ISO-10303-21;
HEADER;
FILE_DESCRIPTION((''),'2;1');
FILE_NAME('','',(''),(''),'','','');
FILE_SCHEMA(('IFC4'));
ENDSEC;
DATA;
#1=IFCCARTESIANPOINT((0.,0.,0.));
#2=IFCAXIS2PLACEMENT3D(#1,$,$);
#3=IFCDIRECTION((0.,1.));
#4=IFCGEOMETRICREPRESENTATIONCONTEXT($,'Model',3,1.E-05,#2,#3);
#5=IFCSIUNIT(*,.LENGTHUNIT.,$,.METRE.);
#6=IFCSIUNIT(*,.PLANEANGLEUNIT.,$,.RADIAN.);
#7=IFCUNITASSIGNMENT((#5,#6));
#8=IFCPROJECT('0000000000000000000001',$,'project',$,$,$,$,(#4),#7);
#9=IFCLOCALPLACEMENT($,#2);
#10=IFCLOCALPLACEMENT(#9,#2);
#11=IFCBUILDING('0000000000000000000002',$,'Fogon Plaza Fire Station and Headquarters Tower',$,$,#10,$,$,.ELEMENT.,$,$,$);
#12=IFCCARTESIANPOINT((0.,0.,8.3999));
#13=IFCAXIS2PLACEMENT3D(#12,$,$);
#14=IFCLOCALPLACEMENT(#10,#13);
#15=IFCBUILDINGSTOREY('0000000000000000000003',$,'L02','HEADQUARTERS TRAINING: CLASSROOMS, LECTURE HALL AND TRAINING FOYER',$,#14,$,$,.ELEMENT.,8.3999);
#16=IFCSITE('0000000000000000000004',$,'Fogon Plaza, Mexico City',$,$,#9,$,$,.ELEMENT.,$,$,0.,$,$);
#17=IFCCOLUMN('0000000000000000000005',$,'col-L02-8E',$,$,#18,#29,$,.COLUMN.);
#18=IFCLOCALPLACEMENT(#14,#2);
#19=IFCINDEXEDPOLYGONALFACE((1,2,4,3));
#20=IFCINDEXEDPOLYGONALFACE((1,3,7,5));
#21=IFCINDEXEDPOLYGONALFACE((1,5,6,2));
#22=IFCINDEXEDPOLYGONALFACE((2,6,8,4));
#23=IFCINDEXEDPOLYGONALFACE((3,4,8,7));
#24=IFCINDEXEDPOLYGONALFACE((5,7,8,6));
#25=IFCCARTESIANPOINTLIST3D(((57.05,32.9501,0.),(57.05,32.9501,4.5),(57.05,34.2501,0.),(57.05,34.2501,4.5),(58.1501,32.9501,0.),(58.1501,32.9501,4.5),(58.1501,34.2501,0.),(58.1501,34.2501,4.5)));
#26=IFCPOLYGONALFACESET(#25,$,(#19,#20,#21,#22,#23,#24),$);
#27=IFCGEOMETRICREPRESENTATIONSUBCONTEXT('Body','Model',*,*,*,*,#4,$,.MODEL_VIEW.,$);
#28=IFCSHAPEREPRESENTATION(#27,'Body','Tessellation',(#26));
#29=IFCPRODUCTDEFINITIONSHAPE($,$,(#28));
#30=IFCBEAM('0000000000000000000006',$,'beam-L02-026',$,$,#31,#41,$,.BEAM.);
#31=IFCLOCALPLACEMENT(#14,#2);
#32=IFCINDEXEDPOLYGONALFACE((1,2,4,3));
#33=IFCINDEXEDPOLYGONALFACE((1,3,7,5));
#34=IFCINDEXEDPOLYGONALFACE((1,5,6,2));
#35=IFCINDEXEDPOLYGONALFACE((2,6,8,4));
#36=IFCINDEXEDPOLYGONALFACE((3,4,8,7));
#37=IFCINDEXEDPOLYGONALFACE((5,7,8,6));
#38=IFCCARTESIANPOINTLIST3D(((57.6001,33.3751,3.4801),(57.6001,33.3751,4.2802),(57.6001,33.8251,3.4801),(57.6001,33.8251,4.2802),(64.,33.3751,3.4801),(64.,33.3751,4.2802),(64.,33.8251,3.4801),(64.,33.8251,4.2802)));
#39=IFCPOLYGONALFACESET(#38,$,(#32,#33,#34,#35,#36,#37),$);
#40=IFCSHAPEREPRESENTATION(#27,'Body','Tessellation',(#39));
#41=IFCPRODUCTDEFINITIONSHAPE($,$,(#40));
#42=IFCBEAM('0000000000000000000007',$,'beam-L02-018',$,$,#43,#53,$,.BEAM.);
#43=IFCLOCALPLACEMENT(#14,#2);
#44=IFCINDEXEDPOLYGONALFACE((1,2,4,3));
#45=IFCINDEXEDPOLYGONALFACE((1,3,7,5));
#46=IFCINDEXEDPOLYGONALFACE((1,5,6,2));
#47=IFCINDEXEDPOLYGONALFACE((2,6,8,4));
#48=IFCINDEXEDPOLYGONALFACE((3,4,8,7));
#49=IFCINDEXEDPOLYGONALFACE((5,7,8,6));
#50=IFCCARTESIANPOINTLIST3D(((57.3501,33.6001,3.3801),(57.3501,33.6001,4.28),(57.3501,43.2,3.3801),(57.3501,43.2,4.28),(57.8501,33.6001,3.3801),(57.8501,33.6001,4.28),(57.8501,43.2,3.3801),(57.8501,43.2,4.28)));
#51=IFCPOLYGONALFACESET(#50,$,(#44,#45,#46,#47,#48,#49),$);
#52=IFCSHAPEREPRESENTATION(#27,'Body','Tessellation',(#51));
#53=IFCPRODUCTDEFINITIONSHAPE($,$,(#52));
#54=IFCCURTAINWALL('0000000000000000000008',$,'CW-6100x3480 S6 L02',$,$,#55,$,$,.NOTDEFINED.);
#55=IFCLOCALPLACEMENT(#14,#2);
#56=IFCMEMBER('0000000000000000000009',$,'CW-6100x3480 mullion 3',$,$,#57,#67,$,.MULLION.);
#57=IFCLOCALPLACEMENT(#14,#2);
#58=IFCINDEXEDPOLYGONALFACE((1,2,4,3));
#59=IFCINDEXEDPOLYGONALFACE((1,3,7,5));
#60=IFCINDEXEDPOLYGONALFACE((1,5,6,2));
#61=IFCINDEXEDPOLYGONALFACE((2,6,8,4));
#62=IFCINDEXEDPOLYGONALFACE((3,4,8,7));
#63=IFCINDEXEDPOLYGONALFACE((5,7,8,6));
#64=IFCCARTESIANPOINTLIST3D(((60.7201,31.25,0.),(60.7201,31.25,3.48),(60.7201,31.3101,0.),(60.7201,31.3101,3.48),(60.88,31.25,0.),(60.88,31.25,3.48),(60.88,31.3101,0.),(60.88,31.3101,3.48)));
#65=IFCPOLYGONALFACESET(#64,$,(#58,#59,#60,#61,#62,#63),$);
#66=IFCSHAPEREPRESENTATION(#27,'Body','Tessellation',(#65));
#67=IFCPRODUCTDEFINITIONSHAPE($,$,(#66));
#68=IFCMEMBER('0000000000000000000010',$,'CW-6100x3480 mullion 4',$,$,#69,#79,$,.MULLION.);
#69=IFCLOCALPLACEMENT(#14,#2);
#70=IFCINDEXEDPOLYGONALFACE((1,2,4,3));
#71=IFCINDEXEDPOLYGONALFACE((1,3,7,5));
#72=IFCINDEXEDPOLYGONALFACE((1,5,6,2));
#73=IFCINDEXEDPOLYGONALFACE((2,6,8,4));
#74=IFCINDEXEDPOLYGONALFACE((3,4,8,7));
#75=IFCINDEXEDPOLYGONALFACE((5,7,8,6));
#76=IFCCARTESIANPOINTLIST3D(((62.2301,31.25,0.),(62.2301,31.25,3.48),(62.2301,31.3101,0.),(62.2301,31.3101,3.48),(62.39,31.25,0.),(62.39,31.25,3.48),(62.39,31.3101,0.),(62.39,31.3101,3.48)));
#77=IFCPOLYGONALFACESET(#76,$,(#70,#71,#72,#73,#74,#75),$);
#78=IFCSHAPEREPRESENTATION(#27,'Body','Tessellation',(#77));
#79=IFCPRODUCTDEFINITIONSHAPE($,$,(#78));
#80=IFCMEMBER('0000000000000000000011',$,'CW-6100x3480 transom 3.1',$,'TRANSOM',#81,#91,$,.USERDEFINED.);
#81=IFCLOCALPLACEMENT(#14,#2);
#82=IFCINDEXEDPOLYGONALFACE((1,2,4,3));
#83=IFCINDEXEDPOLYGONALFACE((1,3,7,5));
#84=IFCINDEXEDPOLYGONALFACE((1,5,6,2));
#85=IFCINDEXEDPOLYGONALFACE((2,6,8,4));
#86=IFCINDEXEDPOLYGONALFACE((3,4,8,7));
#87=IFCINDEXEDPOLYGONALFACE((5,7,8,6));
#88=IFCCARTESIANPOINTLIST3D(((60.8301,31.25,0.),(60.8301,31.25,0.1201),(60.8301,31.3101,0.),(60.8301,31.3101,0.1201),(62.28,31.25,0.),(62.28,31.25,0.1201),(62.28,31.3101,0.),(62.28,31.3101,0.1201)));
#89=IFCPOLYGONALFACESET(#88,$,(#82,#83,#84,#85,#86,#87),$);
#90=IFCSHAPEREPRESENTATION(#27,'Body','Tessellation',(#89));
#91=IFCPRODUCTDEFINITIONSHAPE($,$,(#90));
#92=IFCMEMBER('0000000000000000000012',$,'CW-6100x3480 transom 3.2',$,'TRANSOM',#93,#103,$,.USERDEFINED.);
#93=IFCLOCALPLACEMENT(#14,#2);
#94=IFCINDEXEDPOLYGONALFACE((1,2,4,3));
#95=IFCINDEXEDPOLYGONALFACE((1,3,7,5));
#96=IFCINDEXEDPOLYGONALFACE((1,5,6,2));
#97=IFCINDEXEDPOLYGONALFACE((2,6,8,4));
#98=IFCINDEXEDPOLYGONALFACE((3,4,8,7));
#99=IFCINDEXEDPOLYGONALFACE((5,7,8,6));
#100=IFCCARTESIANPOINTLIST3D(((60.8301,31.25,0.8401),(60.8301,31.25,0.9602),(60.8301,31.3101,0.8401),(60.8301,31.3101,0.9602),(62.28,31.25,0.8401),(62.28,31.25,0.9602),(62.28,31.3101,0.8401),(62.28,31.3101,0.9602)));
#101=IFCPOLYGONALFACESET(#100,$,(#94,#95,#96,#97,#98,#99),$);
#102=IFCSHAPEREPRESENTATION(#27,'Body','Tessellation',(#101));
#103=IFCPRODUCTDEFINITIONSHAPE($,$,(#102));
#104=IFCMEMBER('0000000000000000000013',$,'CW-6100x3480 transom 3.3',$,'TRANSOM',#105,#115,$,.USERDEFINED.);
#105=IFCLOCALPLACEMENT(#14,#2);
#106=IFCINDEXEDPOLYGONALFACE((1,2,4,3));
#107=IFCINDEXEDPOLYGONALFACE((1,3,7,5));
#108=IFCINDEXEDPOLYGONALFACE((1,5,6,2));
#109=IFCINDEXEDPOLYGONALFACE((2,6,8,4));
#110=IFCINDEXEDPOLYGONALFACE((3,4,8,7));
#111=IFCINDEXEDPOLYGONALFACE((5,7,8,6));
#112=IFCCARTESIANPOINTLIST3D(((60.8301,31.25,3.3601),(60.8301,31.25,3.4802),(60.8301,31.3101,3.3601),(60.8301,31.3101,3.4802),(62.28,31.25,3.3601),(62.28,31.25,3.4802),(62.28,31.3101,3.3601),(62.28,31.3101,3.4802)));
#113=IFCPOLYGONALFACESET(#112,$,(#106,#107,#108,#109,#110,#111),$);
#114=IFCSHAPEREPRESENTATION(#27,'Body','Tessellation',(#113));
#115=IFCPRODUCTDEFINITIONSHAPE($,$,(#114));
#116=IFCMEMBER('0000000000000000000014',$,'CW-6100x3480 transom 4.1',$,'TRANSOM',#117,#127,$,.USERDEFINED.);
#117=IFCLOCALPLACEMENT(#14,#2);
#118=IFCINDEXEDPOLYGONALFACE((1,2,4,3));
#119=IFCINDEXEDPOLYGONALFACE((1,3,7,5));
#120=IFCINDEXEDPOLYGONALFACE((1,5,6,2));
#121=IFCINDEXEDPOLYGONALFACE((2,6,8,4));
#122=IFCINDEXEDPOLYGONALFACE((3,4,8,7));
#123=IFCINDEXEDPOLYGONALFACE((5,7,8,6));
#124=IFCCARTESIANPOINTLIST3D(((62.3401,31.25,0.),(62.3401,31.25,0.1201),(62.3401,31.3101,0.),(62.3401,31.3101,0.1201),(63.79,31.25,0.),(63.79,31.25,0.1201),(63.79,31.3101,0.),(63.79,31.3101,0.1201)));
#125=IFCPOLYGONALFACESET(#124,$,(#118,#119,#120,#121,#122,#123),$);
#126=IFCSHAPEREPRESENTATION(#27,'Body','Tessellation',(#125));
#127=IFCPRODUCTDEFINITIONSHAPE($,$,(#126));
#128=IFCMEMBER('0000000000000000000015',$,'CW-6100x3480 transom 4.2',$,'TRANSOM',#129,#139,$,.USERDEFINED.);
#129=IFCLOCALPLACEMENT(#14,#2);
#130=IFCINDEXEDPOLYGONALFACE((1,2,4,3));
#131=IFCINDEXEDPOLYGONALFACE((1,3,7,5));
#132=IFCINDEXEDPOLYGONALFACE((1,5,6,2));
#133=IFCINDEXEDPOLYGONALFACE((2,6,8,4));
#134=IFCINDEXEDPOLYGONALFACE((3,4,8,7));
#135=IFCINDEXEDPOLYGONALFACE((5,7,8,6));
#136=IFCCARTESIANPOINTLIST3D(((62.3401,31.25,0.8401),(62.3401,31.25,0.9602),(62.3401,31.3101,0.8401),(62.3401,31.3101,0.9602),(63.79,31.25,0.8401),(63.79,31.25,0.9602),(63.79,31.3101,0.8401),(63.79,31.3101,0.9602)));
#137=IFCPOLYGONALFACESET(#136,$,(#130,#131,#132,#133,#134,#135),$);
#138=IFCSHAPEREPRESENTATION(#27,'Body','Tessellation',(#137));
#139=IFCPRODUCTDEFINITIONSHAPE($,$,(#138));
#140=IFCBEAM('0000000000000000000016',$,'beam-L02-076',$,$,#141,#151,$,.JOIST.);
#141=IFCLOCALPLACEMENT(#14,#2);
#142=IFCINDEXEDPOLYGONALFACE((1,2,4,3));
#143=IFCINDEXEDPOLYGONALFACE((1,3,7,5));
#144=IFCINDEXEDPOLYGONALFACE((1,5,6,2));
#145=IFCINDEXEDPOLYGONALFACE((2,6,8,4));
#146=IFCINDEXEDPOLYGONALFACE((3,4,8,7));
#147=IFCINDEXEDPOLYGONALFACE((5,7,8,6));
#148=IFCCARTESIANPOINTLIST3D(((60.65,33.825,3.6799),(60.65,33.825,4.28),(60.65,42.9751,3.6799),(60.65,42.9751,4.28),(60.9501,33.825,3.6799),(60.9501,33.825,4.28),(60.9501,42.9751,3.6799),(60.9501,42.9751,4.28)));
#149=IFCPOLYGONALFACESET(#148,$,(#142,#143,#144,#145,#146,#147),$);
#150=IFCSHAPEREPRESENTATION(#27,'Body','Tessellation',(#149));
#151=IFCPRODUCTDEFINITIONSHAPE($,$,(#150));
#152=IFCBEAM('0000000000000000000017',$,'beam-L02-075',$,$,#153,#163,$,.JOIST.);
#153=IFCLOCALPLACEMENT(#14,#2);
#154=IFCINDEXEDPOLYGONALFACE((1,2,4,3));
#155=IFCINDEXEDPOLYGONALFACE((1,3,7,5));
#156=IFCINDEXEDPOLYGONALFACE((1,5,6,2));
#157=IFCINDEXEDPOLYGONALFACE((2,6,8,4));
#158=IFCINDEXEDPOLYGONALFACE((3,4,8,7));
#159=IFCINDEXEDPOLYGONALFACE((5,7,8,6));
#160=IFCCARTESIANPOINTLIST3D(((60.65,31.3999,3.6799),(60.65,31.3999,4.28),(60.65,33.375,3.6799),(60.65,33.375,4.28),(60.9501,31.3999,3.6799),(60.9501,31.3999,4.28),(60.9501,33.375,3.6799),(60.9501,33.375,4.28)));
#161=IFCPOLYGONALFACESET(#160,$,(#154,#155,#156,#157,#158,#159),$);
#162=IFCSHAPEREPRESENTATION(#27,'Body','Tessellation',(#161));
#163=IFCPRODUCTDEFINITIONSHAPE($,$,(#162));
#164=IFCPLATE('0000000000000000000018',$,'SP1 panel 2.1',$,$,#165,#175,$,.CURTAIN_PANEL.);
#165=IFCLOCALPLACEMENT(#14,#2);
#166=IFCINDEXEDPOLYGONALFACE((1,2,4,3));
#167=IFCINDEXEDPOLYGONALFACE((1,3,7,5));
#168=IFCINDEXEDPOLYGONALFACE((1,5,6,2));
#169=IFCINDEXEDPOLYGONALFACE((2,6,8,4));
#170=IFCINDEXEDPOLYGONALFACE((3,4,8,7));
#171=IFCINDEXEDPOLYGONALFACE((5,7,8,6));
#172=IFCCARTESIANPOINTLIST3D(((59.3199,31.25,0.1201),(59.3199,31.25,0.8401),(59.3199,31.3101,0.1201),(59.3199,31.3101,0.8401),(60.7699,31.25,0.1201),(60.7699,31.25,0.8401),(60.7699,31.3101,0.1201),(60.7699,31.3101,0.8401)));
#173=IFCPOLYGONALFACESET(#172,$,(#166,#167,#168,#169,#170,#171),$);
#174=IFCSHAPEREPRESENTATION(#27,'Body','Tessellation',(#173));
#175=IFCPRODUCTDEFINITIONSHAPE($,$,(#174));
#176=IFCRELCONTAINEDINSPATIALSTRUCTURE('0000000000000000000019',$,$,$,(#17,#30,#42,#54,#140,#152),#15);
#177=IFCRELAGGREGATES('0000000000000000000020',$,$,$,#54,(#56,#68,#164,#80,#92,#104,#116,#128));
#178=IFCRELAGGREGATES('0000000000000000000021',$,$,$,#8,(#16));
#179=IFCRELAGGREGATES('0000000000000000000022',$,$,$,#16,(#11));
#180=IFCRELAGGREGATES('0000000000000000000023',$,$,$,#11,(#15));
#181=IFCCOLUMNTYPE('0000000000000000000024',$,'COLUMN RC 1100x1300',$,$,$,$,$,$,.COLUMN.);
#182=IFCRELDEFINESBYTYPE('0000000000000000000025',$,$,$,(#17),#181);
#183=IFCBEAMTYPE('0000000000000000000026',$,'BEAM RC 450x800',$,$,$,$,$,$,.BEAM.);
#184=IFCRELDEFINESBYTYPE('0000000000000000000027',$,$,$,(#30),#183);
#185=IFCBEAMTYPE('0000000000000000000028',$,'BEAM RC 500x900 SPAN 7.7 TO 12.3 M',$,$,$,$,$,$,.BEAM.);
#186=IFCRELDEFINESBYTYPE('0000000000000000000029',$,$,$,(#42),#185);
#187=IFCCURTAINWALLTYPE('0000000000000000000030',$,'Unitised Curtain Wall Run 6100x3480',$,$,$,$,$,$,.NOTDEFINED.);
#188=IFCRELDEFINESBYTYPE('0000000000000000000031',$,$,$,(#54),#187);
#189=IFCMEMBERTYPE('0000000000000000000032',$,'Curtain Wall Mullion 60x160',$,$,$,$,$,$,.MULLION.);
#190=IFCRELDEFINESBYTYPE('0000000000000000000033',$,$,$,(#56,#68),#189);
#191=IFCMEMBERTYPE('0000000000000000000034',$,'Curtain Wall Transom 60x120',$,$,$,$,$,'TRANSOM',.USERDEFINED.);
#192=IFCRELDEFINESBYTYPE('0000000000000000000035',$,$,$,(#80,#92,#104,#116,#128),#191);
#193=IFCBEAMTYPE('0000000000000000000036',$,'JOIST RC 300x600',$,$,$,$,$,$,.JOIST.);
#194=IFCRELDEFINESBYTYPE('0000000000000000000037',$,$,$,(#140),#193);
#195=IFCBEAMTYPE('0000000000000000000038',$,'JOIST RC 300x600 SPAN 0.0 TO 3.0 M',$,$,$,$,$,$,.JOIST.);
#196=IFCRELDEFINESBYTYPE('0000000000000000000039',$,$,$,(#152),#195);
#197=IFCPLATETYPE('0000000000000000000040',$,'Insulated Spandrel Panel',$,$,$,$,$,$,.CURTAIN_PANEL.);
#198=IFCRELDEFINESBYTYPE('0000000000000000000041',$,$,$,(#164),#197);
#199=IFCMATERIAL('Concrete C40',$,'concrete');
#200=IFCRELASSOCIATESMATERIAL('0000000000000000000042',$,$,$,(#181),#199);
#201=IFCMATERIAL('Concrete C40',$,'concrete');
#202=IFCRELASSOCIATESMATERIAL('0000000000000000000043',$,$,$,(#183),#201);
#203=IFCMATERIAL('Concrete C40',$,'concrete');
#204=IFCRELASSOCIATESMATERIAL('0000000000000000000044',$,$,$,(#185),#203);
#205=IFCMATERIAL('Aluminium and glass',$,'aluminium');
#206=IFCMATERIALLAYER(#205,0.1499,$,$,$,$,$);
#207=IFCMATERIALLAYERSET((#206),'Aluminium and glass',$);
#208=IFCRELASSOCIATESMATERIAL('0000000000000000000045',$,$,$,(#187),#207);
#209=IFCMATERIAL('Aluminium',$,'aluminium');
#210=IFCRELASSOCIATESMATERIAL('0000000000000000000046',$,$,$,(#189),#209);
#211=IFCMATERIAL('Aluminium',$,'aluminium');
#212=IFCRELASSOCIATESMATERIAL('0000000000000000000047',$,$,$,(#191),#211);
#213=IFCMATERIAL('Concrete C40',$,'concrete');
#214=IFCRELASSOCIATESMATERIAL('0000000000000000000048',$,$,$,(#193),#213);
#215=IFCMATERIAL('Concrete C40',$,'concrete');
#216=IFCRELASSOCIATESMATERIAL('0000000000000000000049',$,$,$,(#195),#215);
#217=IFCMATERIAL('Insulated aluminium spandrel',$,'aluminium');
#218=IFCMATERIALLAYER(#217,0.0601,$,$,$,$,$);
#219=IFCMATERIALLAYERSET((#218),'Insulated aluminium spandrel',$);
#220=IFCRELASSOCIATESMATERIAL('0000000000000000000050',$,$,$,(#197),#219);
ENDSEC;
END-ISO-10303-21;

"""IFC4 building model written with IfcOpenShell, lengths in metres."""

from ifc_helpers import new_model, si_unit, direction, frame, origin, origin_2d, place, context, subcontext, project, spatial, rectangle, extrude, material, layer, layer_set, material_profile, profile_set, type_object, element, aggregate, save


model = new_model("IFC4")

# Units and contexts
model_context = context("Model", 3, precision=1e-05, world=origin(), true_north=direction((0.0, 1.0)))
body_context = subcontext(model_context, "Body", "Model", "MODEL_VIEW")
ifc_project = project(units=[si_unit("LENGTHUNIT", "METRE"), si_unit("PLANEANGLEUNIT", "RADIAN")], contexts=[model_context])

# Site, building, storey
site_placement = place(None, origin())
site = spatial("IfcSite", under=ifc_project, at=site_placement, Name="Fogon Plaza, Mexico City", CompositionType="ELEMENT", RefElevation=0.0)
building_placement = place(site_placement, origin())
building = spatial("IfcBuilding", under=site, at=building_placement, Name="Fogon Plaza Fire Station and Headquarters Tower", CompositionType="ELEMENT")
storey_placement = place(building_placement, frame((0.0, 0.0, 8.3999)))
storey = spatial("IfcBuildingStorey", under=building, at=storey_placement, Name="L02", Description="HEADQUARTERS TRAINING: CLASSROOMS, LECTURE HALL AND TRAINING FOYER", CompositionType="ELEMENT", Elevation=8.3999)

# Column
ifc_material_1 = material(Name="Concrete C40", Category="concrete")
ifc_material_profile_1 = material_profile(ifc_material_1, rectangle(XDim=1.1001, YDim=1.3, at=origin_2d()), Name="RC 1100x1300")
ifc_profile_set_1 = profile_set([ifc_material_profile_1], Name="Concrete C40")
column_type = type_object("IfcColumnType", Name="COLUMN RC 1100x1300", PredefinedType="COLUMN", material=ifc_profile_set_1)
column_placement = place(storey_placement, frame((57.6001, 33.6001, 0.0), z_axis=(0.0, 0.0, 1.0), x_axis=(1.0, 0.0, 0.0)))
element("IfcColumn", 1, at=column_placement, inside=storey, type_object=column_type, Name="col-L02-8E", PredefinedType="COLUMN", context=body_context, shape_type="SweptSolid", body=[
    extrude(rectangle(XDim=1.1001, YDim=1.3, at=origin_2d()), origin(), (0.0, 0.0, 1.0), 4.5),
])

# Beams
ifc_material_2 = material(Name="Concrete C40", Category="concrete")
ifc_material_profile_2 = material_profile(ifc_material_2, rectangle(XDim=0.45, YDim=0.8, at=origin_2d()), Name="RC 450x800")
ifc_profile_set_2 = profile_set([ifc_material_profile_2], Name="Concrete C40")
beam_type_1 = type_object("IfcBeamType", Name="BEAM RC 450x800", PredefinedType="BEAM", material=ifc_profile_set_2)
beam_1_placement = place(storey_placement, frame((57.6001, 33.6001, 3.8801), z_axis=(1.0, 0.0, 0.0), x_axis=(0.0, 1.0, 0.0)))
element("IfcBeam", 2, at=beam_1_placement, inside=storey, type_object=beam_type_1, Name="beam-L02-026", PredefinedType="BEAM", context=body_context, shape_type="SweptSolid", body=[
    extrude(rectangle(XDim=0.45, YDim=0.8, at=origin_2d()), origin(), (0.0, 0.0, 1.0), 6.3999),
])
ifc_material_3 = material(Name="Concrete C40", Category="concrete")
ifc_material_profile_3 = material_profile(ifc_material_3, rectangle(XDim=0.5, YDim=0.8999, at=origin_2d()), Name="RC 500x900")
ifc_profile_set_3 = profile_set([ifc_material_profile_3], Name="Concrete C40")
beam_type_2 = type_object("IfcBeamType", Name="BEAM RC 500x900 SPAN 7.7 TO 12.3 M", PredefinedType="BEAM", material=ifc_profile_set_3)
beam_2_placement = place(storey_placement, frame((57.6001, 33.6001, 3.8301), z_axis=(0.0, 1.0, 0.0), x_axis=(-1.0, 0.0, 0.0)))
element("IfcBeam", 3, at=beam_2_placement, inside=storey, type_object=beam_type_2, Name="beam-L02-018", PredefinedType="BEAM", context=body_context, shape_type="SweptSolid", body=[
    extrude(rectangle(XDim=0.5, YDim=0.8999, at=origin_2d()), origin(), (0.0, 0.0, 1.0), 9.5999),
])

# Curtain wall, members
ifc_material_4 = material(Name="Aluminium and glass", Category="aluminium")
ifc_layer_1 = layer(ifc_material_4, 0.1499)
ifc_layer_set_1 = layer_set([ifc_layer_1], Name="Aluminium and glass")
curtain_wall_type = type_object("IfcCurtainWallType", Name="Unitised Curtain Wall Run 6100x3480", PredefinedType="NOTDEFINED", material=ifc_layer_set_1)
curtain_wall_placement = place(storey_placement, origin())
curtain_wall = element("IfcCurtainWall", 4, at=curtain_wall_placement, inside=storey, type_object=curtain_wall_type, Name="CW-6100x3480 S6 L02", PredefinedType="NOTDEFINED")
ifc_material_5 = material(Name="Aluminium", Category="aluminium")
ifc_material_profile_4 = material_profile(ifc_material_5, rectangle(XDim=0.0601, YDim=0.1599, at=origin_2d()), Name="Curtain Wall Mullion 60x160")
ifc_profile_set_4 = profile_set([ifc_material_profile_4], Name="Aluminium")
member_type_1 = type_object("IfcMemberType", Name="Curtain Wall Mullion 60x160", PredefinedType="MULLION", material=ifc_profile_set_4)
member_1_placement = place(storey_placement, frame((60.8, 31.28, 0.0), z_axis=(0.0, 0.0, 1.0), x_axis=(0.0, 1.0, 0.0)))
member_1 = element("IfcMember", 5, at=member_1_placement, type_object=member_type_1, Name="CW-6100x3480 mullion 3", PredefinedType="MULLION", context=body_context, shape_type="SweptSolid", body=[
    extrude(rectangle(XDim=0.0601, YDim=0.1599, at=origin_2d()), origin(), (0.0, 0.0, 1.0), 3.48),
])
member_2_placement = place(storey_placement, frame((62.3101, 31.28, 0.0), z_axis=(0.0, 0.0, 1.0), x_axis=(0.0, 1.0, 0.0)))
member_2 = element("IfcMember", 6, at=member_2_placement, type_object=member_type_1, Name="CW-6100x3480 mullion 4", PredefinedType="MULLION", context=body_context, shape_type="SweptSolid", body=[
    extrude(rectangle(XDim=0.0601, YDim=0.1599, at=origin_2d()), origin(), (0.0, 0.0, 1.0), 3.48),
])
ifc_material_6 = material(Name="Aluminium", Category="aluminium")
ifc_material_profile_5 = material_profile(ifc_material_6, rectangle(XDim=0.0601, YDim=0.1201, at=origin_2d()), Name="Curtain Wall Transom 60x120")
ifc_profile_set_5 = profile_set([ifc_material_profile_5], Name="Aluminium")
member_type_2 = type_object("IfcMemberType", Name="Curtain Wall Transom 60x120", ElementType="TRANSOM", PredefinedType="USERDEFINED", material=ifc_profile_set_5)
member_3_placement = place(storey_placement, frame((60.8301, 31.28, 0.0601), z_axis=(1.0, 0.0, 0.0), x_axis=(0.0, 1.0, 0.0)))
member_3 = element("IfcMember", 7, at=member_3_placement, type_object=member_type_2, Name="CW-6100x3480 transom 3.1", ObjectType="TRANSOM", PredefinedType="USERDEFINED", context=body_context, shape_type="SweptSolid", body=[
    extrude(rectangle(XDim=0.0601, YDim=0.1201, at=origin_2d()), origin(), (0.0, 0.0, 1.0), 1.45),
])
member_4_placement = place(storey_placement, frame((60.8301, 31.28, 0.9001), z_axis=(1.0, 0.0, 0.0), x_axis=(0.0, 1.0, 0.0)))
member_4 = element("IfcMember", 8, at=member_4_placement, type_object=member_type_2, Name="CW-6100x3480 transom 3.2", ObjectType="TRANSOM", PredefinedType="USERDEFINED", context=body_context, shape_type="SweptSolid", body=[
    extrude(rectangle(XDim=0.0601, YDim=0.1201, at=origin_2d()), origin(), (0.0, 0.0, 1.0), 1.45),
])
member_5_placement = place(storey_placement, frame((60.8301, 31.28, 3.4202), z_axis=(1.0, 0.0, 0.0), x_axis=(0.0, 1.0, 0.0)))
member_5 = element("IfcMember", 9, at=member_5_placement, type_object=member_type_2, Name="CW-6100x3480 transom 3.3", ObjectType="TRANSOM", PredefinedType="USERDEFINED", context=body_context, shape_type="SweptSolid", body=[
    extrude(rectangle(XDim=0.0601, YDim=0.1201, at=origin_2d()), origin(), (0.0, 0.0, 1.0), 1.45),
])
member_6_placement = place(storey_placement, frame((62.3401, 31.28, 0.0601), z_axis=(1.0, 0.0, 0.0), x_axis=(0.0, 1.0, 0.0)))
member_6 = element("IfcMember", 10, at=member_6_placement, type_object=member_type_2, Name="CW-6100x3480 transom 4.1", ObjectType="TRANSOM", PredefinedType="USERDEFINED", context=body_context, shape_type="SweptSolid", body=[
    extrude(rectangle(XDim=0.0601, YDim=0.1201, at=origin_2d()), origin(), (0.0, 0.0, 1.0), 1.45),
])
member_7_placement = place(storey_placement, frame((62.3401, 31.28, 0.9001), z_axis=(1.0, 0.0, 0.0), x_axis=(0.0, 1.0, 0.0)))
member_7 = element("IfcMember", 11, at=member_7_placement, type_object=member_type_2, Name="CW-6100x3480 transom 4.2", ObjectType="TRANSOM", PredefinedType="USERDEFINED", context=body_context, shape_type="SweptSolid", body=[
    extrude(rectangle(XDim=0.0601, YDim=0.1201, at=origin_2d()), origin(), (0.0, 0.0, 1.0), 1.45),
])

# Beams
ifc_material_7 = material(Name="Concrete C40", Category="concrete")
ifc_material_profile_6 = material_profile(ifc_material_7, rectangle(XDim=0.3, YDim=0.6001, at=origin_2d()), Name="RC 300x600")
ifc_profile_set_6 = profile_set([ifc_material_profile_6], Name="Concrete C40")
beam_type_3 = type_object("IfcBeamType", Name="JOIST RC 300x600", PredefinedType="JOIST", material=ifc_profile_set_6)
beam_3_placement = place(storey_placement, frame((60.8, 33.825, 3.98), z_axis=(0.0, 1.0, 0.0), x_axis=(-1.0, 0.0, 0.0)))
element("IfcBeam", 12, at=beam_3_placement, inside=storey, type_object=beam_type_3, Name="beam-L02-076", PredefinedType="JOIST", context=body_context, shape_type="SweptSolid", body=[
    extrude(rectangle(XDim=0.3, YDim=0.6001, at=origin_2d()), origin(), (0.0, 0.0, 1.0), 9.1501),
])
ifc_material_8 = material(Name="Concrete C40", Category="concrete")
ifc_material_profile_7 = material_profile(ifc_material_8, rectangle(XDim=0.3, YDim=0.6001, at=origin_2d()), Name="RC 300x600")
ifc_profile_set_7 = profile_set([ifc_material_profile_7], Name="Concrete C40")
beam_type_4 = type_object("IfcBeamType", Name="JOIST RC 300x600 SPAN 0.0 TO 3.0 M", PredefinedType="JOIST", material=ifc_profile_set_7)
beam_4_placement = place(storey_placement, frame((60.8, 31.3999, 3.98), z_axis=(0.0, 1.0, 0.0), x_axis=(-1.0, 0.0, 0.0)))
element("IfcBeam", 13, at=beam_4_placement, inside=storey, type_object=beam_type_4, Name="beam-L02-075", PredefinedType="JOIST", context=body_context, shape_type="SweptSolid", body=[
    extrude(rectangle(XDim=0.3, YDim=0.6001, at=origin_2d()), origin(), (0.0, 0.0, 1.0), 1.9751),
])

# Plate
ifc_material_9 = material(Name="Insulated aluminium spandrel", Category="aluminium")
ifc_layer_2 = layer(ifc_material_9, 0.0601)
ifc_layer_set_2 = layer_set([ifc_layer_2], Name="Insulated aluminium spandrel")
plate_type_1 = type_object("IfcPlateType", Name="Insulated Spandrel Panel", PredefinedType="CURTAIN_PANEL", material=ifc_layer_set_2)
plate_1_placement = place(storey_placement, frame((60.0449, 31.28, 0.1201), z_axis=(0.0, 0.0, 1.0), x_axis=(1.0, 0.0, 0.0)))
plate_1 = element("IfcPlate", 14, at=plate_1_placement, type_object=plate_type_1, Name="SP1 panel 2.1", PredefinedType="CURTAIN_PANEL", context=body_context, shape_type="SweptSolid", body=[
    extrude(rectangle(XDim=1.45, YDim=0.0601, at=origin_2d()), origin(), (0.0, 0.0, 1.0), 0.72),
])
aggregate(curtain_wall, [member_1, member_2, plate_1, member_3, member_4, member_5, member_6, member_7])

save(model, "model.ifc")
